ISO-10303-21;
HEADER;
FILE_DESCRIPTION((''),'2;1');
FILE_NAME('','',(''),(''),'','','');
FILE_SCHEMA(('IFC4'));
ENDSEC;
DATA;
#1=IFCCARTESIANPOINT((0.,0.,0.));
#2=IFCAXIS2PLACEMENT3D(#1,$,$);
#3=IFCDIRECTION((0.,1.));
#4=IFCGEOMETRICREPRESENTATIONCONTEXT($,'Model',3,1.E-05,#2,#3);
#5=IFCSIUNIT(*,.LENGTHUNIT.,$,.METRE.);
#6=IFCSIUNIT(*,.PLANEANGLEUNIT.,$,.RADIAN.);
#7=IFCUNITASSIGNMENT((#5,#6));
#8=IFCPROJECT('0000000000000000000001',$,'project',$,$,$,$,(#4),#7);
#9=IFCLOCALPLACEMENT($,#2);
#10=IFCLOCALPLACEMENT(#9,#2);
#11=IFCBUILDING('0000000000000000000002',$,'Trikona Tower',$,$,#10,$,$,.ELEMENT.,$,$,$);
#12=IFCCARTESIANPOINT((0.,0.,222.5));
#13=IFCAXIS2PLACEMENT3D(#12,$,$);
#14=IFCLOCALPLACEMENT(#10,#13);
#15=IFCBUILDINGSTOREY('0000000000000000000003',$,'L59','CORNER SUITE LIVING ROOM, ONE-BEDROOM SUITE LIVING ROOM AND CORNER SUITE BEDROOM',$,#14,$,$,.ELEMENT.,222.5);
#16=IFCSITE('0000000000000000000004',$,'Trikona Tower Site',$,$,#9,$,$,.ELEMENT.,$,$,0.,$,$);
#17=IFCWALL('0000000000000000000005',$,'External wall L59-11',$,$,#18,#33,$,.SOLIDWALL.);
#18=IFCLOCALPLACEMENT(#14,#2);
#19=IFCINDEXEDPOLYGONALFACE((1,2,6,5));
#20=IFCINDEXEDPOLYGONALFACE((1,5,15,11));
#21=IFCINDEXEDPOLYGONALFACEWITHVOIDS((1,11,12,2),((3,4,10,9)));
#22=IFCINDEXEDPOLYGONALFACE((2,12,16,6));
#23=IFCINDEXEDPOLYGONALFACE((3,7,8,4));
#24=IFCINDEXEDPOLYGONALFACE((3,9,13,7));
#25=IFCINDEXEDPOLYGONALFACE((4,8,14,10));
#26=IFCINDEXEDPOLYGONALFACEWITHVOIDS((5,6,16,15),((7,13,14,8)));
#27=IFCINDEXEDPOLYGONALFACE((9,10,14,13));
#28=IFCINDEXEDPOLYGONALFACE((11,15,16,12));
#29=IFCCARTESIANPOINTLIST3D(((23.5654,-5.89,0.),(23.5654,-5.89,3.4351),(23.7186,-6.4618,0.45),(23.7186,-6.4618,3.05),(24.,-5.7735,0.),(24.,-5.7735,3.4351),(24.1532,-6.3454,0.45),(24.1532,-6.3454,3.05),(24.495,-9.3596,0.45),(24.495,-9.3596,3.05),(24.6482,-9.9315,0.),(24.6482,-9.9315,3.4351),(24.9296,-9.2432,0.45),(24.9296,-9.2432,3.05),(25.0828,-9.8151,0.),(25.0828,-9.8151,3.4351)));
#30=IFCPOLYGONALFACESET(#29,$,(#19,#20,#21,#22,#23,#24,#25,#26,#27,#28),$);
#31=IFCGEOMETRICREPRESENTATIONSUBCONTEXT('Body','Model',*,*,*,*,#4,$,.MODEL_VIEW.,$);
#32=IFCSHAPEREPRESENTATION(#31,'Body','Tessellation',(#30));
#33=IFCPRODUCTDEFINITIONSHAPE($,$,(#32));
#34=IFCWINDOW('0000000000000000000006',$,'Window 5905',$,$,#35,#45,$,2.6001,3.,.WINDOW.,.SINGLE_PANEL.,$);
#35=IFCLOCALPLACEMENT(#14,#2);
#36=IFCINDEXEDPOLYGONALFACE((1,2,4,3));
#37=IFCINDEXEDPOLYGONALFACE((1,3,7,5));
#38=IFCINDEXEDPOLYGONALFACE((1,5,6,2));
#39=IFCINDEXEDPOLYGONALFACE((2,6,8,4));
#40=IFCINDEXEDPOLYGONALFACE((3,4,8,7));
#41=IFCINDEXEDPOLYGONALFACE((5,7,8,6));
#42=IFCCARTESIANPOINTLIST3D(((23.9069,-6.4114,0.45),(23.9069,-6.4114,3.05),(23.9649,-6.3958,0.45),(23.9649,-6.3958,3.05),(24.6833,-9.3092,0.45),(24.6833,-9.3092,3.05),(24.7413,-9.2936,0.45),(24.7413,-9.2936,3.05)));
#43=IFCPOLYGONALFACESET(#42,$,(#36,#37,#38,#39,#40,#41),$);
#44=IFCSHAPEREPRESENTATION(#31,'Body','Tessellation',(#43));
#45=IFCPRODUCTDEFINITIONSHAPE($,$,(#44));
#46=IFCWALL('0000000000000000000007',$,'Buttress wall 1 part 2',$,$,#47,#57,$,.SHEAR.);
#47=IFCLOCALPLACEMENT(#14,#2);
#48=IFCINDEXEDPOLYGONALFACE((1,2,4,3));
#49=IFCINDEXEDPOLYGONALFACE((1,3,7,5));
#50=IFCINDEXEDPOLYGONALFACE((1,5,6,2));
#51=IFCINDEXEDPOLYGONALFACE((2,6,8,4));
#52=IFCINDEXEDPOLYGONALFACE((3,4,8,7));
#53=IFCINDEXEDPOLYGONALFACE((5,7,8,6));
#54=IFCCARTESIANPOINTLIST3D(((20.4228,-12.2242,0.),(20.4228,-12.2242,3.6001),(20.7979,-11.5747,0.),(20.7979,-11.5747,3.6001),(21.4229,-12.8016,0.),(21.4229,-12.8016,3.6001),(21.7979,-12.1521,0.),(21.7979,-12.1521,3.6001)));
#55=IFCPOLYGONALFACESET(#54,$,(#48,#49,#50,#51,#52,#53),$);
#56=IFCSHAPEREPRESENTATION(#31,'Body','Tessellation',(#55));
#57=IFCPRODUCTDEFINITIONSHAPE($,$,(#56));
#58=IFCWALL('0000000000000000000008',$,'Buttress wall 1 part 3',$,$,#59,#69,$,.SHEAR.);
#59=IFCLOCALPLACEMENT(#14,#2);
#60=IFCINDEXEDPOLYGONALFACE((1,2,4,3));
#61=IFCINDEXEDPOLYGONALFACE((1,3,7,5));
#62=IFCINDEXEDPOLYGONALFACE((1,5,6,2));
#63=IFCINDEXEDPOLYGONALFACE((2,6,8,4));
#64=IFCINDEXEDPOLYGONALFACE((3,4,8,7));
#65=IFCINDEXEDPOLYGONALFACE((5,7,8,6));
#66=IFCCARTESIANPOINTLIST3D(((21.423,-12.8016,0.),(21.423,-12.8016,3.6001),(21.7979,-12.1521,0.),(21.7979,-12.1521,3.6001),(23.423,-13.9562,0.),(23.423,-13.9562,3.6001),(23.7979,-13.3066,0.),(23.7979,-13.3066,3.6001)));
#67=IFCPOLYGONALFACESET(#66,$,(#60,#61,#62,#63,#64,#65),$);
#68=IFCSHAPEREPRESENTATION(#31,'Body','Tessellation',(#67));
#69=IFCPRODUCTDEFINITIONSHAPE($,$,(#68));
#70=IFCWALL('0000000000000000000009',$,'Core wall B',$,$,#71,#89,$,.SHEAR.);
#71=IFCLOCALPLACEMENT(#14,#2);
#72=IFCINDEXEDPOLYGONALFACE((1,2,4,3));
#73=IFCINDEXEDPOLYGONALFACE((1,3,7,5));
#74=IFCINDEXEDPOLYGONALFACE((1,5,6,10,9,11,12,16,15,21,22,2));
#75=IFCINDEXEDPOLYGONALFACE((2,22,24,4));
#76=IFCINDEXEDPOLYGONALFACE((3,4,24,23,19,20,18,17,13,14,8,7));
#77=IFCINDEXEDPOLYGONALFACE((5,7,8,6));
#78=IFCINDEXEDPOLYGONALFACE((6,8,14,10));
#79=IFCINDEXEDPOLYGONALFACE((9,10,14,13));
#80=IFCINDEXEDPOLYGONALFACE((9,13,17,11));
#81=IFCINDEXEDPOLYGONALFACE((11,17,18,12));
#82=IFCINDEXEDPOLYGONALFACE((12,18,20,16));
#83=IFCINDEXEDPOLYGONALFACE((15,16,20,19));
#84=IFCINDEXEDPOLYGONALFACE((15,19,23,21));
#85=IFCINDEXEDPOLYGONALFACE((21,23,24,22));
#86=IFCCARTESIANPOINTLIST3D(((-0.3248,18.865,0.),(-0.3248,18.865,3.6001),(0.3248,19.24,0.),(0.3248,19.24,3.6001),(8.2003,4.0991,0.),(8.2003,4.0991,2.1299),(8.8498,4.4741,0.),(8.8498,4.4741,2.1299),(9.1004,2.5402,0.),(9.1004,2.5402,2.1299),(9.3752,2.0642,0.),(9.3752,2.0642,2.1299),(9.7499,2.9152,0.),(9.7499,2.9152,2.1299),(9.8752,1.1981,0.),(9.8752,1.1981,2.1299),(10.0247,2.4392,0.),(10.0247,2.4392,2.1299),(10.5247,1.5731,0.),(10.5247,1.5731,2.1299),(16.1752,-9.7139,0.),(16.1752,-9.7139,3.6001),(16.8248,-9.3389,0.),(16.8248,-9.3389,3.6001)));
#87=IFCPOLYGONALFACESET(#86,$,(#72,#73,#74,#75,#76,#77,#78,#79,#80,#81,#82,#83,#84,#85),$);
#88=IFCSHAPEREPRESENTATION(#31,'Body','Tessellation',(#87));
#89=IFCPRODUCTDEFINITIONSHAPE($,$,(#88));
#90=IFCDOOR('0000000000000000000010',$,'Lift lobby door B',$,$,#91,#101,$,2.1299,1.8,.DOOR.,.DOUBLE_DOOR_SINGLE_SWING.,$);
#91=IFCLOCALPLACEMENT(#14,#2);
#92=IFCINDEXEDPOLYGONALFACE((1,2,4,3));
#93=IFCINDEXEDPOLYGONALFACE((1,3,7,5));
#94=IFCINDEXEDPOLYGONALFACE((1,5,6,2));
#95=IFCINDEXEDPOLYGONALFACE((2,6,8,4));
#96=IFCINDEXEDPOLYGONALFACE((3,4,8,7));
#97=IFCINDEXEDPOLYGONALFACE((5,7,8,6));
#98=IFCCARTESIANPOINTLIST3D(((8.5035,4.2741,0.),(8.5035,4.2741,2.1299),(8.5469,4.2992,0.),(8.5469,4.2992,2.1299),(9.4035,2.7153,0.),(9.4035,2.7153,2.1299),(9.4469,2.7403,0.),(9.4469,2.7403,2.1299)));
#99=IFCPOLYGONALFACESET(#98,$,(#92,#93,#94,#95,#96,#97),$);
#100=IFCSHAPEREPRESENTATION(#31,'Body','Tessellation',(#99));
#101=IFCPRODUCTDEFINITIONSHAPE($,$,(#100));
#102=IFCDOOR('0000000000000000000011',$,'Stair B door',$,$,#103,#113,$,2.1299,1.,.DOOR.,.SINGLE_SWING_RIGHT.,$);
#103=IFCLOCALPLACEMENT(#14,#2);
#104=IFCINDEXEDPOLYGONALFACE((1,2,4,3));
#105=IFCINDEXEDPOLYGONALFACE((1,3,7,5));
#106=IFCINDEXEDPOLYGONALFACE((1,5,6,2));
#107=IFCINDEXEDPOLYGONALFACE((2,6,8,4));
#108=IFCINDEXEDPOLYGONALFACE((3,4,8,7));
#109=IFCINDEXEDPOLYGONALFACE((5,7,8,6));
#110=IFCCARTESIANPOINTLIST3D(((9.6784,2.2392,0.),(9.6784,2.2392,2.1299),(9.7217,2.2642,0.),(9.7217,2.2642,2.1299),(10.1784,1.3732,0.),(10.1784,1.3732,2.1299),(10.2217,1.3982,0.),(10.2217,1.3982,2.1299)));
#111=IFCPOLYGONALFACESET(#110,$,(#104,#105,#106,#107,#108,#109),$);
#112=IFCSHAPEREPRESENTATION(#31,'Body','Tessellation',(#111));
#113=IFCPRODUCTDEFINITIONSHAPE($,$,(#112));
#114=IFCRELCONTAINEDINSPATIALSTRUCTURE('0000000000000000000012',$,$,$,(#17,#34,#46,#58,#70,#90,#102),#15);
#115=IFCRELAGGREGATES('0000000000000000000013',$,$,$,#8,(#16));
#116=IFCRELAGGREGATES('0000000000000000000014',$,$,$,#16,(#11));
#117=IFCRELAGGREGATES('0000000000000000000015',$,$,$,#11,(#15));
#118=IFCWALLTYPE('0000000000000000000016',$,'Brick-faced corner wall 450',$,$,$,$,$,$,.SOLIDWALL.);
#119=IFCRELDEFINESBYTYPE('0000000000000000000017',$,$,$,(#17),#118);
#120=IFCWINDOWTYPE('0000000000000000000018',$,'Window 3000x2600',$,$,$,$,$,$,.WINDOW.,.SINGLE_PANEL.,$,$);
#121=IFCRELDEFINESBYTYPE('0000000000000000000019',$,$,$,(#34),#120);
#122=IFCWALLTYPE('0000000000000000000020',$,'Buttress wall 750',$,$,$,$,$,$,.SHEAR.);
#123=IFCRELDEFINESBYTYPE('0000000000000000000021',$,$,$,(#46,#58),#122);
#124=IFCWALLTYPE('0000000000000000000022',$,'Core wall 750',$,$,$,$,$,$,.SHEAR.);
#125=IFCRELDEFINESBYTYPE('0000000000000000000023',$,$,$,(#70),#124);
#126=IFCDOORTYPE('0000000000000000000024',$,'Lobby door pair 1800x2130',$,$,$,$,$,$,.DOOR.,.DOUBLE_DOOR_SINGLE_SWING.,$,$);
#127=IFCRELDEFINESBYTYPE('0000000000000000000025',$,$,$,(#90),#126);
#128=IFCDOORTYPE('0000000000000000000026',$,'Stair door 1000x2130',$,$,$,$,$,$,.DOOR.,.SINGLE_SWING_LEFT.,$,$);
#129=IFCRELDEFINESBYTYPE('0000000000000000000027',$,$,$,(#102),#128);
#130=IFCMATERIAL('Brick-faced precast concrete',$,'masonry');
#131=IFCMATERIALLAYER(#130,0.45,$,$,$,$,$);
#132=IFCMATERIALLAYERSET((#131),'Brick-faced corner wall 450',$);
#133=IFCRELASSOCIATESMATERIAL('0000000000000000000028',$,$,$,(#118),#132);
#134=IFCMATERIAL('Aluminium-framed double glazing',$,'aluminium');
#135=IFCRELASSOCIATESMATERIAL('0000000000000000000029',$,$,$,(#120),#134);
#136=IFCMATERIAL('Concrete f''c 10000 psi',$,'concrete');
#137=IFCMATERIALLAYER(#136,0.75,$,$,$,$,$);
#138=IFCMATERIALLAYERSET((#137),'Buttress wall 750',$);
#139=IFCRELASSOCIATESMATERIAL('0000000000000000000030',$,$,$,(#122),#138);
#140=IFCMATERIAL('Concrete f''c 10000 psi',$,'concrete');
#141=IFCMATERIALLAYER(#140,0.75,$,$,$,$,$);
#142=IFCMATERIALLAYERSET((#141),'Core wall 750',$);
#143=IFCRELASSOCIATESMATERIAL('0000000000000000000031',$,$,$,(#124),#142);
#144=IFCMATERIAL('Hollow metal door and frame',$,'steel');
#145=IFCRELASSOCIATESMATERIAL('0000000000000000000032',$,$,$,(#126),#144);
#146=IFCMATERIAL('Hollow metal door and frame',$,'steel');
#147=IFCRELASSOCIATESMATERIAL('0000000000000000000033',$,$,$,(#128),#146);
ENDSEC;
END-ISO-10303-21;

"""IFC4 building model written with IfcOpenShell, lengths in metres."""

from ifc_helpers import new_model, si_unit, direction, frame, frame_2d, origin, place, context, subcontext, project, spatial, rectangle, extrude, material, layer, layer_set, type_object, element, fill, save


model = new_model("IFC4")

# Units and contexts
model_context = context("Model", 3, precision=1e-05, world=origin(), true_north=direction((0.0, 1.0)))
body_context = subcontext(model_context, "Body", "Model", "MODEL_VIEW")
ifc_project = project(units=[si_unit("LENGTHUNIT", "METRE"), si_unit("PLANEANGLEUNIT", "RADIAN")], contexts=[model_context])

# Site, building, storey
site_placement = place(None, origin())
site = spatial("IfcSite", under=ifc_project, at=site_placement, Name="Trikona Tower Site", CompositionType="ELEMENT", RefElevation=0.0)
building_placement = place(site_placement, origin())
building = spatial("IfcBuilding", under=site, at=building_placement, Name="Trikona Tower", CompositionType="ELEMENT")
storey_placement = place(building_placement, frame((0.0, 0.0, 222.5)))
storey = spatial("IfcBuildingStorey", under=building, at=storey_placement, Name="L59", Description="CORNER SUITE LIVING ROOM, ONE-BEDROOM SUITE LIVING ROOM AND CORNER SUITE BEDROOM", CompositionType="ELEMENT", Elevation=222.5)

# Wall, opening, window
ifc_material_1 = material(Name="Brick-faced precast concrete", Category="masonry")
ifc_layer_1 = layer(ifc_material_1, 0.45)
ifc_layer_set_1 = layer_set([ifc_layer_1], Name="Brick-faced corner wall 450")
wall_type_1 = type_object("IfcWallType", Name="Brick-faced corner wall 450", PredefinedType="SOLIDWALL", material=ifc_layer_set_1)
wall_1_placement = place(storey_placement, frame((24.8655, -9.8733, 0.0), z_axis=(0.0, 0.0, 1.0), x_axis=(-0.258785, 0.965935, 0.0)))
wall_1 = element("IfcWall", 1, at=wall_1_placement, inside=storey, type_object=wall_type_1, Name="External wall L59-11", PredefinedType="SOLIDWALL", context=body_context, shape_type="SweptSolid", body=[
    extrude(rectangle(XDim=4.1841, YDim=0.45, at=frame_2d((2.092, 0.0))), origin(), (0.0, 0.0, 1.0), 3.4351),
])
opening_1_placement = place(wall_1_placement, frame((0.592, 0.0, 0.45)))
opening_1 = element("IfcOpeningElement", 2, at=opening_1_placement, cuts=wall_1, PredefinedType="OPENING", context=body_context, shape_type="SweptSolid", body=[
    extrude(rectangle(XDim=3.0, YDim=2.6001, at=frame_2d((1.5, 1.3))), frame((0.0, 0.2349, 0.0), z_axis=(0.0, -1.0, 0.0), x_axis=(1.0, 0.0, 0.0)), (0.0, 0.0, 1.0), 0.47),
])
ifc_material_2 = material(Name="Aluminium-framed double glazing", Category="aluminium")
window_type_1 = type_object("IfcWindowType", Name="Window 3000x2600", PartitioningType="SINGLE_PANEL", PredefinedType="WINDOW", material=ifc_material_2)
window_1_placement = place(opening_1_placement, origin())
window_1 = element("IfcWindow", 3, at=window_1_placement, inside=storey, type_object=window_type_1, Name="Window 5905", OverallHeight=2.6001, OverallWidth=3.0, PartitioningType="SINGLE_PANEL", PredefinedType="WINDOW", context=body_context, shape_type="SweptSolid", body=[
    extrude(rectangle(XDim=3.0, YDim=2.6001, at=frame_2d((1.5, 1.3))), frame((0.0, 0.03, 0.0), z_axis=(0.0, -1.0, 0.0), x_axis=(1.0, 0.0, 0.0)), (0.0, 0.0, 1.0), 0.0601),
])
fill(opening_1, window_1)

# Walls
ifc_material_3 = material(Name="Concrete f'c 10000 psi", Category="concrete")
ifc_layer_2 = layer(ifc_material_3, 0.75)
ifc_layer_set_2 = layer_set([ifc_layer_2], Name="Buttress wall 750")
wall_type_2 = type_object("IfcWallType", Name="Buttress wall 750", PredefinedType="SHEAR", material=ifc_layer_set_2)
wall_2_placement = place(storey_placement, frame((20.6104, -11.8994, 0.0), z_axis=(0.0, 0.0, 1.0), x_axis=(0.86601, -0.500027, 0.0)))
element("IfcWall", 4, at=wall_2_placement, inside=storey, type_object=wall_type_2, Name="Buttress wall 1 part 2", PredefinedType="SHEAR", context=body_context, shape_type="SweptSolid", body=[
    extrude(rectangle(XDim=1.1548, YDim=0.75, at=frame_2d((0.5774, 0.0))), origin(), (0.0, 0.0, 1.0), 3.6001),
])
wall_3_placement = place(storey_placement, frame((21.6104, -12.4768, 0.0), z_axis=(0.0, 0.0, 1.0), x_axis=(0.866055, -0.499948, 0.0)))
element("IfcWall", 5, at=wall_3_placement, inside=storey, type_object=wall_type_2, Name="Buttress wall 1 part 3", PredefinedType="SHEAR", context=body_context, shape_type="SweptSolid", body=[
    extrude(rectangle(XDim=2.3093, YDim=0.75, at=frame_2d((1.1548, 0.0))), origin(), (0.0, 0.0, 1.0), 3.6001),
])

# Wall, openings, doors
ifc_material_4 = material(Name="Concrete f'c 10000 psi", Category="concrete")
ifc_layer_3 = layer(ifc_material_4, 0.75)
ifc_layer_set_3 = layer_set([ifc_layer_3], Name="Core wall 750")
wall_type_3 = type_object("IfcWallType", Name="Core wall 750", PredefinedType="SHEAR", material=ifc_layer_set_3)
wall_4_placement = place(storey_placement, frame((16.5, -9.5264, 0.0), z_axis=(0.0, 0.0, 1.0), x_axis=(-0.5, 0.866026, 0.0)))
wall_4 = element("IfcWall", 6, at=wall_4_placement, inside=storey, type_object=wall_type_3, Name="Core wall B", PredefinedType="SHEAR", context=body_context, shape_type="SweptSolid", body=[
    extrude(rectangle(XDim=33.0, YDim=0.75, at=frame_2d((16.5, 0.0))), origin(), (0.0, 0.0, 1.0), 3.6001),
])
opening_2_placement = place(wall_4_placement, frame((14.1499, 0.0, 0.0)))
opening_2 = element("IfcOpeningElement", 7, at=opening_2_placement, cuts=wall_4, PredefinedType="OPENING", context=body_context, shape_type="SweptSolid", body=[
    extrude(rectangle(XDim=1.8, YDim=2.1299, at=frame_2d((0.8999, 1.0649))), frame((0.0, 0.385, 0.0), z_axis=(0.0, -1.0, 0.0), x_axis=(1.0, 0.0, 0.0)), (0.0, 0.0, 1.0), 0.77),
])
opening_3_placement = place(wall_4_placement, frame((12.6001, 0.0, 0.0)))
opening_3 = element("IfcOpeningElement", 8, at=opening_3_placement, cuts=wall_4, PredefinedType="OPENING", context=body_context, shape_type="SweptSolid", body=[
    extrude(rectangle(XDim=1.0, YDim=2.1299, at=frame_2d((0.5, 1.0649))), frame((0.0, 0.385, 0.0), z_axis=(0.0, -1.0, 0.0), x_axis=(1.0, 0.0, 0.0)), (0.0, 0.0, 1.0), 0.77),
])
ifc_material_5 = material(Name="Hollow metal door and frame", Category="steel")
door_type_1 = type_object("IfcDoorType", Name="Lobby door pair 1800x2130", OperationType="DOUBLE_DOOR_SINGLE_SWING", PredefinedType="DOOR", material=ifc_material_5)
door_1_placement = place(opening_2_placement, origin())
door_1 = element("IfcDoor", 9, at=door_1_placement, inside=storey, type_object=door_type_1, Name="Lift lobby door B", OperationType="DOUBLE_DOOR_SINGLE_SWING", OverallHeight=2.1299, OverallWidth=1.8, PredefinedType="DOOR", context=body_context, shape_type="SweptSolid", body=[
    extrude(rectangle(XDim=1.8, YDim=2.1299, at=frame_2d((0.8999, 1.0649))), frame((0.0, 0.0249, 0.0), z_axis=(0.0, -1.0, 0.0), x_axis=(1.0, 0.0, 0.0)), (0.0, 0.0, 1.0), 0.05),
])
fill(opening_2, door_1)
ifc_material_6 = material(Name="Hollow metal door and frame", Category="steel")
door_type_2 = type_object("IfcDoorType", Name="Stair door 1000x2130", OperationType="SINGLE_SWING_LEFT", PredefinedType="DOOR", material=ifc_material_6)
door_2_placement = place(opening_3_placement, origin())
door_2 = element("IfcDoor", 10, at=door_2_placement, inside=storey, type_object=door_type_2, Name="Stair B door", OperationType="SINGLE_SWING_RIGHT", OverallHeight=2.1299, OverallWidth=1.0, PredefinedType="DOOR", context=body_context, shape_type="SweptSolid", body=[
    extrude(rectangle(XDim=1.0, YDim=2.1299, at=frame_2d((0.5, 1.0649))), frame((0.0, 0.0249, 0.0), z_axis=(0.0, -1.0, 0.0), x_axis=(1.0, 0.0, 0.0)), (0.0, 0.0, 1.0), 0.05),
])
fill(opening_3, door_2)

save(model, "model.ifc")
